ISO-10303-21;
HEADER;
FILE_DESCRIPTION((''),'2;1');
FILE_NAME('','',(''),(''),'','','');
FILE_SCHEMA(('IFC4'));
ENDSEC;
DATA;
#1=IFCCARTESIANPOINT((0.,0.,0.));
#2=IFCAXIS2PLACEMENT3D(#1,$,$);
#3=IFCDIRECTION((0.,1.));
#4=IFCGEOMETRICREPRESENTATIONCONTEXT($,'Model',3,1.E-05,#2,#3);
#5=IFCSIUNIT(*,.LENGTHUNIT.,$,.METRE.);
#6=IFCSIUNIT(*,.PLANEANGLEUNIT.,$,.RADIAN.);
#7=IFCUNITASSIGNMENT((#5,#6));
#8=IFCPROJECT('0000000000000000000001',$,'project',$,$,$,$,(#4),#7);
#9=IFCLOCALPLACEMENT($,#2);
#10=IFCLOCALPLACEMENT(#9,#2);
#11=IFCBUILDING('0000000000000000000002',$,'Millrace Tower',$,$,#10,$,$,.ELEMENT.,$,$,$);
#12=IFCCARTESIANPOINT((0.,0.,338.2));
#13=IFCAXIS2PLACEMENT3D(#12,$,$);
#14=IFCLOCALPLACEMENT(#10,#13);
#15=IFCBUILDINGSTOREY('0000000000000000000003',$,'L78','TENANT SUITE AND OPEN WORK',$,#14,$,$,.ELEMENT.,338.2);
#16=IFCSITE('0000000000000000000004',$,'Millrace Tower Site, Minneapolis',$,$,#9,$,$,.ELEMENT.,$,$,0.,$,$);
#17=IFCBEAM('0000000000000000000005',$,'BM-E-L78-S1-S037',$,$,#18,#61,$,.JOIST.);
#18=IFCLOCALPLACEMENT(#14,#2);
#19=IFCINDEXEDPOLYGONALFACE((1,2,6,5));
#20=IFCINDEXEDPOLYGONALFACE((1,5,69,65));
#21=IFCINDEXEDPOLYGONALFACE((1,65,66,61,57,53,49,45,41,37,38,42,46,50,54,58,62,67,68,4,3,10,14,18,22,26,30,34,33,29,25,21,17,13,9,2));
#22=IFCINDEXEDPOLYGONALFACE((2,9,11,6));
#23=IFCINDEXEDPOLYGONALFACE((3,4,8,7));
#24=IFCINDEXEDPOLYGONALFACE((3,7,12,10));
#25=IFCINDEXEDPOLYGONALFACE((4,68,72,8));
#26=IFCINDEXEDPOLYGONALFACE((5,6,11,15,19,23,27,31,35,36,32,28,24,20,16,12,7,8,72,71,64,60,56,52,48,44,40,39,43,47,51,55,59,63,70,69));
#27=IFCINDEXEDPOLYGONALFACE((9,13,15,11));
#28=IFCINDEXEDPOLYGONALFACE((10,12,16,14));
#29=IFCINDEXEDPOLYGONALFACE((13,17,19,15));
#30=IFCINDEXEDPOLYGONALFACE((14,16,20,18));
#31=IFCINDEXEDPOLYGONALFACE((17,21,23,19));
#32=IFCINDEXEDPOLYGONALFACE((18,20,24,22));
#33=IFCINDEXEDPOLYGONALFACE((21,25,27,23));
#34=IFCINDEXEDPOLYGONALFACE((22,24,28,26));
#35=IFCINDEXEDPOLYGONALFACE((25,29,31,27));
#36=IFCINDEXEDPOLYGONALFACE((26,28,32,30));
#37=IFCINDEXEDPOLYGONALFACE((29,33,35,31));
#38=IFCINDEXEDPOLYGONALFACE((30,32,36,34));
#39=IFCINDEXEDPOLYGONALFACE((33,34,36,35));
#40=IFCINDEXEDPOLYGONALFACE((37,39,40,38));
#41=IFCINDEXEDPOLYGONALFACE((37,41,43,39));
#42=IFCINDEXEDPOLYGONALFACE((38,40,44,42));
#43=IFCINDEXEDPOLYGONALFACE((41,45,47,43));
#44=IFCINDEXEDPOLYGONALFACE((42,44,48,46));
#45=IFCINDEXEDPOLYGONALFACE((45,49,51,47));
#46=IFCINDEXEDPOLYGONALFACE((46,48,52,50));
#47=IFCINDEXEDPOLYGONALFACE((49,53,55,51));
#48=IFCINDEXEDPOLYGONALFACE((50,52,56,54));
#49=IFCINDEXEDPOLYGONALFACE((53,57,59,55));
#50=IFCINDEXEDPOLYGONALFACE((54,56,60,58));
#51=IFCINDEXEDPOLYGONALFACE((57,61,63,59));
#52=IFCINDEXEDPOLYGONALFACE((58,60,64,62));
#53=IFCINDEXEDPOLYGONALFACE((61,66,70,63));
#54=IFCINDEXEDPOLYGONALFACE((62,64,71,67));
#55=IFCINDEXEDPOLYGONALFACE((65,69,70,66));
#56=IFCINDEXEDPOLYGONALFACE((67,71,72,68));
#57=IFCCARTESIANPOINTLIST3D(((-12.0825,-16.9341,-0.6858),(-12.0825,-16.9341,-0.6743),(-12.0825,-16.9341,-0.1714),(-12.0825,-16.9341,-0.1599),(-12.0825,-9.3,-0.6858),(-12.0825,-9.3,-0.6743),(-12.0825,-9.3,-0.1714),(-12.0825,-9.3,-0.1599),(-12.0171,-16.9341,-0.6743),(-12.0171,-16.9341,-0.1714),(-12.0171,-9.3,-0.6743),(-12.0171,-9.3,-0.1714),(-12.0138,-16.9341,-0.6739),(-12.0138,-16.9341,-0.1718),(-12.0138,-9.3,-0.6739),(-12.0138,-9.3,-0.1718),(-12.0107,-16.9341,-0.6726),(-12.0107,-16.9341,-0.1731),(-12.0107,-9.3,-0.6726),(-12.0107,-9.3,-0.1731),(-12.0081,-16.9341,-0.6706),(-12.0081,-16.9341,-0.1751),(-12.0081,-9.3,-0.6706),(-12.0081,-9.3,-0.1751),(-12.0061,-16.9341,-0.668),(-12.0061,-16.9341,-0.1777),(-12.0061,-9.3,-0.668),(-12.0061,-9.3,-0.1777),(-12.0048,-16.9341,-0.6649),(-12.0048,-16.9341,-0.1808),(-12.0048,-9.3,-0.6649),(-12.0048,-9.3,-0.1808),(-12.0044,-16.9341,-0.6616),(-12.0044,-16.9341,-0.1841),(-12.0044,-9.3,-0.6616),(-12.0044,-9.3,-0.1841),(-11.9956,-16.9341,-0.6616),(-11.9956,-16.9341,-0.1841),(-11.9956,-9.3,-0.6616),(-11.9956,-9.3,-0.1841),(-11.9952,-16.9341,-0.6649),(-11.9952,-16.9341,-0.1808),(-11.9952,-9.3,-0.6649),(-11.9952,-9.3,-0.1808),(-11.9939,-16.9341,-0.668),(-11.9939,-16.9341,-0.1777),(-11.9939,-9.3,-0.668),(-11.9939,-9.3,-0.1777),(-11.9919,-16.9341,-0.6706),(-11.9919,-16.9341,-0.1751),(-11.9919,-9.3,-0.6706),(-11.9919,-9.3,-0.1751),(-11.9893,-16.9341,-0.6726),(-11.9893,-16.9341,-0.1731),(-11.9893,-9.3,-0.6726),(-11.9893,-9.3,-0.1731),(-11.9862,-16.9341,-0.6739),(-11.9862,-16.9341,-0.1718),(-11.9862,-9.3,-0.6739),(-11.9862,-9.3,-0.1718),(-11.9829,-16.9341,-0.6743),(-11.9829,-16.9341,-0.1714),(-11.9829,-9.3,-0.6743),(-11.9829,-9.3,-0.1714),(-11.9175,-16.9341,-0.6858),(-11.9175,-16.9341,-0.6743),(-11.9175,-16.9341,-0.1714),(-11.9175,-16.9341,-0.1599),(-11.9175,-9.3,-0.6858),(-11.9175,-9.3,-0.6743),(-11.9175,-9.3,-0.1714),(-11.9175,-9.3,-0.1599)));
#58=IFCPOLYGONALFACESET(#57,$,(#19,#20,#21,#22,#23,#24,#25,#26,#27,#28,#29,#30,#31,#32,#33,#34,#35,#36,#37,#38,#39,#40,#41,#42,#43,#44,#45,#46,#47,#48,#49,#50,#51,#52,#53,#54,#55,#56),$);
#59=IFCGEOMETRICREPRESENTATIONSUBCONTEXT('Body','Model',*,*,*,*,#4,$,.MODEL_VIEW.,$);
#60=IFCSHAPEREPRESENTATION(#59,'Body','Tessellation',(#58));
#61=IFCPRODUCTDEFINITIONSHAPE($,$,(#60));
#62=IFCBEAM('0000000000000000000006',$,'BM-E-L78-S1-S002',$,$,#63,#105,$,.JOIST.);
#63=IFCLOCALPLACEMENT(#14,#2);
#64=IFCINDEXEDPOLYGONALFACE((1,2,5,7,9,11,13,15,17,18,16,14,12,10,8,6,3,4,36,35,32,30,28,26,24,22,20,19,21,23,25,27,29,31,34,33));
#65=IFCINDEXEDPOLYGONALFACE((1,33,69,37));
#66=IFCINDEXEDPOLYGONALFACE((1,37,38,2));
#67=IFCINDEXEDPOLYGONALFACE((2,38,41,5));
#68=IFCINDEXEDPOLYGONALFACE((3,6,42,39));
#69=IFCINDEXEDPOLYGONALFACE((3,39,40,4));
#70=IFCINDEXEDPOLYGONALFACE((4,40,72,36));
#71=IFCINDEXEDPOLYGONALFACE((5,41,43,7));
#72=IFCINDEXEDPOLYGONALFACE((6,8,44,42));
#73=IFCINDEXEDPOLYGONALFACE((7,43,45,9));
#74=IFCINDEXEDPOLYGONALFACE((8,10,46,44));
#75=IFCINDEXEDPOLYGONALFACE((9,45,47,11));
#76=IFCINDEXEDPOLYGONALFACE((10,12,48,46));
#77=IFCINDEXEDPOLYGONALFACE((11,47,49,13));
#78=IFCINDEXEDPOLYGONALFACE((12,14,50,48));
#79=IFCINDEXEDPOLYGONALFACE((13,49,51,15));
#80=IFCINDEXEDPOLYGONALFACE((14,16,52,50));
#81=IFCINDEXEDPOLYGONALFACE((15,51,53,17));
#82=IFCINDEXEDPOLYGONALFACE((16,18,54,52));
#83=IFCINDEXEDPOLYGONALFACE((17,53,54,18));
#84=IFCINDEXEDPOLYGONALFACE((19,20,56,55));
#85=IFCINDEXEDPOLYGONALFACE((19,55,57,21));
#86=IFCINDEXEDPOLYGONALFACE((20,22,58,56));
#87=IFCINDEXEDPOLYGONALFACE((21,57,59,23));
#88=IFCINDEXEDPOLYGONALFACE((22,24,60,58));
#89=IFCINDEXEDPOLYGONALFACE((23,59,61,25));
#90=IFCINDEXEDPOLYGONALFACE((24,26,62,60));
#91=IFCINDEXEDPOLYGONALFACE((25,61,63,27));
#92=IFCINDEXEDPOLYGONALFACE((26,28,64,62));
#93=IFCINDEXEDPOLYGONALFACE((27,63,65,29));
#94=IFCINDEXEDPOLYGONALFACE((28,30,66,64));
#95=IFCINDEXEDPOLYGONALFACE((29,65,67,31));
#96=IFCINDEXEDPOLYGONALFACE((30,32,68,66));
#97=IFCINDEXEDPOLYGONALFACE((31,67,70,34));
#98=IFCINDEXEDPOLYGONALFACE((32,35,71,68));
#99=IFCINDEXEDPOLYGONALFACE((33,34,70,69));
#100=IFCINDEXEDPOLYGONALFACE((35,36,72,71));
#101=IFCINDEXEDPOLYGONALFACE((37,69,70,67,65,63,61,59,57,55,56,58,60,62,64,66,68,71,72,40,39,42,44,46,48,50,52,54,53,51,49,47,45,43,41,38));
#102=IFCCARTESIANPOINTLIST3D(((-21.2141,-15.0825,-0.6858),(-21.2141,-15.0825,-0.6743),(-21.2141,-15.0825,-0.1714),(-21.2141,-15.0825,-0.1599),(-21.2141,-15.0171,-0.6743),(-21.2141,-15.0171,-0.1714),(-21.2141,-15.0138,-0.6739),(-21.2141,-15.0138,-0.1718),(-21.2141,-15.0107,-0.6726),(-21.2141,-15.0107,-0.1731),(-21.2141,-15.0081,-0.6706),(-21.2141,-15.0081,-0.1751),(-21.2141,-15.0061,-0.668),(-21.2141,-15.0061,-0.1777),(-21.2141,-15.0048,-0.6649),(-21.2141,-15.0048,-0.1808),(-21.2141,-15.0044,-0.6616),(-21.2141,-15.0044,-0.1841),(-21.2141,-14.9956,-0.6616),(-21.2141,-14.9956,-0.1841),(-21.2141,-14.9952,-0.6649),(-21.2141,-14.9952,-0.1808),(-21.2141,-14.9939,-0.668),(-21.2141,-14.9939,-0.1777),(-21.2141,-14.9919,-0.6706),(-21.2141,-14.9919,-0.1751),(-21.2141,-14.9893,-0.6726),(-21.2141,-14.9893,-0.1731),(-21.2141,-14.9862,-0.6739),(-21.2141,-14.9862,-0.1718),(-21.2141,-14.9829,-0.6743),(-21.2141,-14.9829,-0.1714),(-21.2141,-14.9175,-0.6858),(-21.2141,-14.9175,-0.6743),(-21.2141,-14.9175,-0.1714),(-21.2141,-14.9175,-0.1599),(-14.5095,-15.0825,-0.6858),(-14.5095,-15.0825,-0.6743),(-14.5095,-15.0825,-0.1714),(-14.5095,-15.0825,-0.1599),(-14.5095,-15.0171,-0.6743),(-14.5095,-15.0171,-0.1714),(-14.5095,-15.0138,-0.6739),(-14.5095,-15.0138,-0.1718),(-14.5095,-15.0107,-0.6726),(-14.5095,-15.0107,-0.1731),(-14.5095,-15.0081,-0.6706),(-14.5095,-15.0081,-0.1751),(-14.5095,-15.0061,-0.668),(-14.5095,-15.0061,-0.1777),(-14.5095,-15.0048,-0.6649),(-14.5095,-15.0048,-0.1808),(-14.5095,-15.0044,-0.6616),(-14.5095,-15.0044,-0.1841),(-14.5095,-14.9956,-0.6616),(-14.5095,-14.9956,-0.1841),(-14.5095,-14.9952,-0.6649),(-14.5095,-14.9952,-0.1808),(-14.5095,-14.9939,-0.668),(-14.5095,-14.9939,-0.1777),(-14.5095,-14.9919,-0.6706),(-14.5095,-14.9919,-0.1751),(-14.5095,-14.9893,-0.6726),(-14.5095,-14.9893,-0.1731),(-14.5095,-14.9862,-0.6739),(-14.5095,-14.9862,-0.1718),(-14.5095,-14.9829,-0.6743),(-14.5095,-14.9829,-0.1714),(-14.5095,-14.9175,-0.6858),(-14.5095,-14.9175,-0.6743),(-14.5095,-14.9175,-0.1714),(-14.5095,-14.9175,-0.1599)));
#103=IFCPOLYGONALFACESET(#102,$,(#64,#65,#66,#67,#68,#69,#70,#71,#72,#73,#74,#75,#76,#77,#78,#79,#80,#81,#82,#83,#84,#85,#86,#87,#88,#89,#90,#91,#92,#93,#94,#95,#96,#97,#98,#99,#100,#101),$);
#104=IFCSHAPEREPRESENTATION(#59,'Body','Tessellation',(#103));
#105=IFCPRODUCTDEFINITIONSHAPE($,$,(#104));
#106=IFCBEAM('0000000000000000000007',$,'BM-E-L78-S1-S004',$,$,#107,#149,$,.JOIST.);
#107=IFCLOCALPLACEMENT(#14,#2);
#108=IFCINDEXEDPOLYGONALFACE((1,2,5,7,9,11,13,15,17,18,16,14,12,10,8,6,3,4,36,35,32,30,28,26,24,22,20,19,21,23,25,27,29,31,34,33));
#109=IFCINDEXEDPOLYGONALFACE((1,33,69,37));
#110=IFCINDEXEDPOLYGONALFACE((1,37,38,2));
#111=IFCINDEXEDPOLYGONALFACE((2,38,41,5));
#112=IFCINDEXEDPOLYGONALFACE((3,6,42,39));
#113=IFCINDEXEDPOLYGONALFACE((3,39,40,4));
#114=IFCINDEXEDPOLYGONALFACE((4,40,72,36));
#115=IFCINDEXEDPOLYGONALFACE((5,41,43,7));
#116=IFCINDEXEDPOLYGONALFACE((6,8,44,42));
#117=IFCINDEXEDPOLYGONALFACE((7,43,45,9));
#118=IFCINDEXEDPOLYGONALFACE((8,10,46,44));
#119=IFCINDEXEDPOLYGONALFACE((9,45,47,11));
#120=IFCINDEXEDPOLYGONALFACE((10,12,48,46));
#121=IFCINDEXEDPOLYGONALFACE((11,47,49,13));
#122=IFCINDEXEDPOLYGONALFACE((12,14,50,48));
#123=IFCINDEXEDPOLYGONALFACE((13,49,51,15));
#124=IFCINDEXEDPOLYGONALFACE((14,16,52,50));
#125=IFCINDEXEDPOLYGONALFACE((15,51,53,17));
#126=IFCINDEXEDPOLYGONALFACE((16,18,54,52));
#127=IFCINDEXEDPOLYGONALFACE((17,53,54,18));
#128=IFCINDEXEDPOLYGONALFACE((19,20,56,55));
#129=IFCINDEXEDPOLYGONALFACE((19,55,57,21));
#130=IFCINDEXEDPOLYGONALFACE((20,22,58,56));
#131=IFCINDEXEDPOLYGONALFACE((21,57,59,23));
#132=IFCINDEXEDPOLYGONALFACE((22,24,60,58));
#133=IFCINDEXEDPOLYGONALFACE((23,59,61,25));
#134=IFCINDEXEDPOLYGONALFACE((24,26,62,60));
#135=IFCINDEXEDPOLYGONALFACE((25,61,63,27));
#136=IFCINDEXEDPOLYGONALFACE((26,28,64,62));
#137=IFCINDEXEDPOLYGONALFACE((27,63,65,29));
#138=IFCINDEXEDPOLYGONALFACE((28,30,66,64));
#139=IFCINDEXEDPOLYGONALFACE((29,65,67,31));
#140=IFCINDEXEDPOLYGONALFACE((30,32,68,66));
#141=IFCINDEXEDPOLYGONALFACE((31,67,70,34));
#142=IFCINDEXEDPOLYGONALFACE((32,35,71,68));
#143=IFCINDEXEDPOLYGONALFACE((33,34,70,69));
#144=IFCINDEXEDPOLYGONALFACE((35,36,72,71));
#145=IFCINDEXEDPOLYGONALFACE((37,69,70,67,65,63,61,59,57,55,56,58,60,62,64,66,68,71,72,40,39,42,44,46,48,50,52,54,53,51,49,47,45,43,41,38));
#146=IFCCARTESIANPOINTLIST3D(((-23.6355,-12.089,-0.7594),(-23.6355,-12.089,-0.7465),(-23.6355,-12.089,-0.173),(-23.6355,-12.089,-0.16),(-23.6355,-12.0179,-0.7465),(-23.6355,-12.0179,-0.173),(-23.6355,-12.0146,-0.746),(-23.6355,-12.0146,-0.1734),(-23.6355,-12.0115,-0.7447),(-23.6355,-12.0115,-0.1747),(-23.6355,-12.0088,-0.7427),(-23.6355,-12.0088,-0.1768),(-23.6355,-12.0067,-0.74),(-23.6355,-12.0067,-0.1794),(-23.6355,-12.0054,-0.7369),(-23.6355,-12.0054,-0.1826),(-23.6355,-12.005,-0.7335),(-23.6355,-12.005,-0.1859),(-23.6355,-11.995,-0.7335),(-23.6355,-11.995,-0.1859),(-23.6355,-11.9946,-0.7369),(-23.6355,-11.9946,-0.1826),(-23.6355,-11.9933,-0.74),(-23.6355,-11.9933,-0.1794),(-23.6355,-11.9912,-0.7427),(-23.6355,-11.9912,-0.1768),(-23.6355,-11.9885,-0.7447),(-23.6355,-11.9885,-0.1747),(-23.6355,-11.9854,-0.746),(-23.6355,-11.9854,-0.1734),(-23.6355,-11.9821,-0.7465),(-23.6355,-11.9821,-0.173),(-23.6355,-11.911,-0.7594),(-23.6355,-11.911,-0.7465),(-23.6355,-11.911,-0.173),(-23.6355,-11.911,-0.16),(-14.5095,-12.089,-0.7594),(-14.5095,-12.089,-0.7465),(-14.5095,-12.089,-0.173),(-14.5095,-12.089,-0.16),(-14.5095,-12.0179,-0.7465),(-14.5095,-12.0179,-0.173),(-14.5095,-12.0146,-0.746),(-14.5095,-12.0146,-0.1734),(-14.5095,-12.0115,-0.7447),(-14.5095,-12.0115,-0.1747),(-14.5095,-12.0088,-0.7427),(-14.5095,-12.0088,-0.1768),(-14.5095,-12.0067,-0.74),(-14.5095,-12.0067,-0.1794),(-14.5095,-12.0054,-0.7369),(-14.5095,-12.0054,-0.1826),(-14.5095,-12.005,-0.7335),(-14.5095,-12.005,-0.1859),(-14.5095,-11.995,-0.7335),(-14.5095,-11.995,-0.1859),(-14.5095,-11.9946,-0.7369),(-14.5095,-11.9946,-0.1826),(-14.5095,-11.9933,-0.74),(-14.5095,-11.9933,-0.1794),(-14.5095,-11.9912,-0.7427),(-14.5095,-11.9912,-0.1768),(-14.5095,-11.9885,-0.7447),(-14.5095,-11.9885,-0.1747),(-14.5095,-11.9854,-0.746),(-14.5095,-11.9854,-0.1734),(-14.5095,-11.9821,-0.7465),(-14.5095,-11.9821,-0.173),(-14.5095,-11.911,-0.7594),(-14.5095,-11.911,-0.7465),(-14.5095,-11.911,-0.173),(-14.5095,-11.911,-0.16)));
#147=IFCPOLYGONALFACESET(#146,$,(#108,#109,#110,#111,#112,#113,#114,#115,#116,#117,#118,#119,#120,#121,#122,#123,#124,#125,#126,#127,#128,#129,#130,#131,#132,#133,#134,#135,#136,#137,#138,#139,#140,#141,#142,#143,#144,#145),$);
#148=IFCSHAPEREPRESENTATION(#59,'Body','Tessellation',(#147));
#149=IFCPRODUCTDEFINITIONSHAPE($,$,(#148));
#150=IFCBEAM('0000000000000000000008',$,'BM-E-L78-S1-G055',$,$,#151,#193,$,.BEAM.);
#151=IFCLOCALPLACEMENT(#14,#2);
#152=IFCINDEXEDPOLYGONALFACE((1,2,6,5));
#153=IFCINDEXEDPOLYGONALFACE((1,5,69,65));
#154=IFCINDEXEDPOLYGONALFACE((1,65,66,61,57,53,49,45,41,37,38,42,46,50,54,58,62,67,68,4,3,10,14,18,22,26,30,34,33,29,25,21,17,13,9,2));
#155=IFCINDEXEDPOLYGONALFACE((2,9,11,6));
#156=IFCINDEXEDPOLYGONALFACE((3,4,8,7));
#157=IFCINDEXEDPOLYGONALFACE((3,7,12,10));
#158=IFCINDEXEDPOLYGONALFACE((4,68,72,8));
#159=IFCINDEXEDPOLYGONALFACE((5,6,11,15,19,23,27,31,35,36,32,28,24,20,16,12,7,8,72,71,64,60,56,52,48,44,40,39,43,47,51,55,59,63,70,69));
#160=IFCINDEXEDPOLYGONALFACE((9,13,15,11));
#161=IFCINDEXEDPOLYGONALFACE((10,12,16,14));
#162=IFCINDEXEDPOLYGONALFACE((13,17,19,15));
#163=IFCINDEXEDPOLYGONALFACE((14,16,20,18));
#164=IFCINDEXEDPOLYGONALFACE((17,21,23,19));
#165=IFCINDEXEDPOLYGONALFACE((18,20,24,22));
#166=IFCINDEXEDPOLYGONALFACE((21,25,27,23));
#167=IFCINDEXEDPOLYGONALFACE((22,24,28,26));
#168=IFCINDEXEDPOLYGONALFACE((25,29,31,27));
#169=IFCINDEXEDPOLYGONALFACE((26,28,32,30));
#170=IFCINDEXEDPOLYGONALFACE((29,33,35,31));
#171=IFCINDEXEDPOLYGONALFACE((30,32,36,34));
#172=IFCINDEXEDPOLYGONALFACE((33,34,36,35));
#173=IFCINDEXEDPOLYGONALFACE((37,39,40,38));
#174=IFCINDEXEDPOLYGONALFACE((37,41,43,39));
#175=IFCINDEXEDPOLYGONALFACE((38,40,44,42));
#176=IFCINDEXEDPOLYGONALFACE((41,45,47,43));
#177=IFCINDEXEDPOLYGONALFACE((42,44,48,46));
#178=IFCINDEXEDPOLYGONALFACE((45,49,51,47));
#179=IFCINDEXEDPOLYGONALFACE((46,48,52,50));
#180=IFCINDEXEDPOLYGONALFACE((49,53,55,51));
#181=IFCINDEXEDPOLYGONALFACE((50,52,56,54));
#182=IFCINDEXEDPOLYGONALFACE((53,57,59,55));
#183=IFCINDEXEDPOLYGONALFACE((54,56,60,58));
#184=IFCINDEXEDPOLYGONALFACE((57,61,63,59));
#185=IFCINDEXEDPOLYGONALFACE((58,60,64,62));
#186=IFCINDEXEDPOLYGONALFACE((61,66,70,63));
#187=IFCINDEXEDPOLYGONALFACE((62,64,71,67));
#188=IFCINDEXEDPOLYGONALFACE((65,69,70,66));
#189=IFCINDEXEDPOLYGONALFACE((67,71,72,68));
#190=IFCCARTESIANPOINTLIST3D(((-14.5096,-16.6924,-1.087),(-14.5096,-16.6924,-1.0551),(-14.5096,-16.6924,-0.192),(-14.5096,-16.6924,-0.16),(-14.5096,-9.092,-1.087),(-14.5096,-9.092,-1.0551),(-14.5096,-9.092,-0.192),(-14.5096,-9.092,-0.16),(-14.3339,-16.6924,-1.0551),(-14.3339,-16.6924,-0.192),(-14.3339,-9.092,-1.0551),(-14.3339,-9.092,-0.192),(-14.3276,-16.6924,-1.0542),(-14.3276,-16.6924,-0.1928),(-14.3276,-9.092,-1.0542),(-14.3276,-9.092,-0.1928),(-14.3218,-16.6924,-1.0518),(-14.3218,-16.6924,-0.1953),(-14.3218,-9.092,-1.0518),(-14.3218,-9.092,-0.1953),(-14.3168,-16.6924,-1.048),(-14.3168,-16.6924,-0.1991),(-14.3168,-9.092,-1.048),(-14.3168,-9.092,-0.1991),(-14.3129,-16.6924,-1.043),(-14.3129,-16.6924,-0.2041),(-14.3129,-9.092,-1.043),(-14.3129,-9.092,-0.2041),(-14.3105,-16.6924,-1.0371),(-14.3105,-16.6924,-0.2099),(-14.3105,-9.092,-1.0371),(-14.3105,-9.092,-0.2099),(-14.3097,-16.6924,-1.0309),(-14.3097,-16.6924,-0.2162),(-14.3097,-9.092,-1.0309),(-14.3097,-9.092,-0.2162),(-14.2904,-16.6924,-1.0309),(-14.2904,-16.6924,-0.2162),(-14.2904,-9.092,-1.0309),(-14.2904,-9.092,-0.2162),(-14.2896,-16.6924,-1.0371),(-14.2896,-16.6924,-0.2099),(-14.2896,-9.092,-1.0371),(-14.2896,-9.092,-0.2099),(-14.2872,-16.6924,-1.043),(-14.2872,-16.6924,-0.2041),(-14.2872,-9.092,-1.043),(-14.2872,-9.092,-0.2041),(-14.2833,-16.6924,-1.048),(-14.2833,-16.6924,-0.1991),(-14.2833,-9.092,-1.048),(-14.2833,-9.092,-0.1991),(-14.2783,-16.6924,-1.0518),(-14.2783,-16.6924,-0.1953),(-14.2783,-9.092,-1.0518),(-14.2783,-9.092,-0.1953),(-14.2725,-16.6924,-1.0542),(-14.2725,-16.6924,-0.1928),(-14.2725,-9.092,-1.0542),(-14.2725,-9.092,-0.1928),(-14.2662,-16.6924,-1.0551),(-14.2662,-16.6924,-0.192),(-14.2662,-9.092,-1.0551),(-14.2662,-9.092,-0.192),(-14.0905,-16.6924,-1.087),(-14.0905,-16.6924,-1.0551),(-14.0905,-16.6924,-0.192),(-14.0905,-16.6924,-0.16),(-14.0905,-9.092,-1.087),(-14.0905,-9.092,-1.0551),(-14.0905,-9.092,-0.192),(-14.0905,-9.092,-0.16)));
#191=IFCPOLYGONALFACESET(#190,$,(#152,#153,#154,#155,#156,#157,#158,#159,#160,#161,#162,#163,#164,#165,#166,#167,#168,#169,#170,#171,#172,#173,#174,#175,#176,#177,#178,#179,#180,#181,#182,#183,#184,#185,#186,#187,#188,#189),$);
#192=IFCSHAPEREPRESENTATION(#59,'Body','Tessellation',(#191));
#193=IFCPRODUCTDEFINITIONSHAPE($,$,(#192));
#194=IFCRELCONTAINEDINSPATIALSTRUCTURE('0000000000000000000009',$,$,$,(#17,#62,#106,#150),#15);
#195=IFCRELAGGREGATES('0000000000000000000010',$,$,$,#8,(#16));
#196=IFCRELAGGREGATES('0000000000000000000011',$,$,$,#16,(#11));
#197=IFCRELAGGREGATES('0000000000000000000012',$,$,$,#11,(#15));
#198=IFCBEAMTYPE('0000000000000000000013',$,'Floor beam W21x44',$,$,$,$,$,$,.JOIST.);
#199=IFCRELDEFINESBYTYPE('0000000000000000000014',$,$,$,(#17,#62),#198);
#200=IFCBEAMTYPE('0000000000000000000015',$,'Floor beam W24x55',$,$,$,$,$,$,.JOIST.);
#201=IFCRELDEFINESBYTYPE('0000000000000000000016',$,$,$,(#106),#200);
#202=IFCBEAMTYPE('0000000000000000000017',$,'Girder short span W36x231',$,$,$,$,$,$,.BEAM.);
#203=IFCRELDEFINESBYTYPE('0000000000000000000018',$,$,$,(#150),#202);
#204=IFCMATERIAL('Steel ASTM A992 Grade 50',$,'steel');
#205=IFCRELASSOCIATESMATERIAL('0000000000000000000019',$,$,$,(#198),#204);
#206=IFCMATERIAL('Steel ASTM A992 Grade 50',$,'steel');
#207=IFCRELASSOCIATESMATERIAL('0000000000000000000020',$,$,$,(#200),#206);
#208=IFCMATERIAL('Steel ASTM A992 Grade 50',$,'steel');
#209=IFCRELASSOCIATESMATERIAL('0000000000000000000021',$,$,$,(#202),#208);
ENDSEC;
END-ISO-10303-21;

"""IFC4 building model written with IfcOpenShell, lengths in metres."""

from ifc_helpers import new_model, si_unit, direction, frame, origin, origin_2d, place, context, subcontext, project, spatial, i_section, extrude, material, material_profile, profile_set, type_object, element, save


model = new_model("IFC4")

# Units and contexts
model_context = context("Model", 3, precision=1e-05, world=origin(), true_north=direction((0.0, 1.0)))
body_context = subcontext(model_context, "Body", "Model", "MODEL_VIEW")
ifc_project = project(units=[si_unit("LENGTHUNIT", "METRE"), si_unit("PLANEANGLEUNIT", "RADIAN")], contexts=[model_context])

# Site, building, storey
site_placement = place(None, origin())
site = spatial("IfcSite", under=ifc_project, at=site_placement, Name="Millrace Tower Site, Minneapolis", CompositionType="ELEMENT", RefElevation=0.0)
building_placement = place(site_placement, origin())
building = spatial("IfcBuilding", under=site, at=building_placement, Name="Millrace Tower", CompositionType="ELEMENT")
storey_placement = place(building_placement, frame((0.0, 0.0, 338.2)))
storey = spatial("IfcBuildingStorey", under=building, at=storey_placement, Name="L78", Description="TENANT SUITE AND OPEN WORK", CompositionType="ELEMENT", Elevation=338.2)

# Beams
ifc_material_1 = material(Name="Steel ASTM A992 Grade 50", Category="steel")
ifc_material_profile_1 = material_profile(ifc_material_1, i_section(OverallWidth=0.165, OverallDepth=0.5259, WebThickness=0.0088, FlangeThickness=0.0115, FilletRadius=0.0127, at=origin_2d()))
ifc_profile_set_1 = profile_set([ifc_material_profile_1], Name="Steel ASTM A992 Grade 50")
beam_type_1 = type_object("IfcBeamType", Name="Floor beam W21x44", PredefinedType="JOIST", material=ifc_profile_set_1)
beam_1_placement = place(storey_placement, frame((-12.0, -16.9341, -0.4229), z_axis=(0.0, 1.0, 0.0), x_axis=(-1.0, 0.0, 0.0)))
element("IfcBeam", 1, at=beam_1_placement, inside=storey, type_object=beam_type_1, Name="BM-E-L78-S1-S037", PredefinedType="JOIST", context=body_context, shape_type="SweptSolid", body=[
    extrude(i_section(OverallWidth=0.165, OverallDepth=0.5259, WebThickness=0.0088, FlangeThickness=0.0115, FilletRadius=0.0127, at=origin_2d()), origin(), (0.0, 0.0, 1.0), 7.634),
])
beam_2_placement = place(storey_placement, frame((-21.2141, -15.0, -0.4229), z_axis=(1.0, 0.0, 0.0), x_axis=(0.0, 1.0, 0.0)))
element("IfcBeam", 2, at=beam_2_placement, inside=storey, type_object=beam_type_1, Name="BM-E-L78-S1-S002", PredefinedType="JOIST", context=body_context, shape_type="SweptSolid", body=[
    extrude(i_section(OverallWidth=0.165, OverallDepth=0.5259, WebThickness=0.0088, FlangeThickness=0.0115, FilletRadius=0.0127, at=origin_2d()), origin(), (0.0, 0.0, 1.0), 6.7046),
])
ifc_material_2 = material(Name="Steel ASTM A992 Grade 50", Category="steel")
ifc_material_profile_2 = material_profile(ifc_material_2, i_section(OverallWidth=0.178, OverallDepth=0.5994, WebThickness=0.01, FlangeThickness=0.0129, FilletRadius=0.0129, at=origin_2d()))
ifc_profile_set_2 = profile_set([ifc_material_profile_2], Name="Steel ASTM A992 Grade 50")
beam_type_2 = type_object("IfcBeamType", Name="Floor beam W24x55", PredefinedType="JOIST", material=ifc_profile_set_2)
beam_3_placement = place(storey_placement, frame((-23.6355, -12.0, -0.4597), z_axis=(1.0, 0.0, 0.0), x_axis=(0.0, 1.0, 0.0)))
element("IfcBeam", 3, at=beam_3_placement, inside=storey, type_object=beam_type_2, Name="BM-E-L78-S1-S004", PredefinedType="JOIST", context=body_context, shape_type="SweptSolid", body=[
    extrude(i_section(OverallWidth=0.178, OverallDepth=0.5994, WebThickness=0.01, FlangeThickness=0.0129, FilletRadius=0.0129, at=origin_2d()), origin(), (0.0, 0.0, 1.0), 9.126),
])
ifc_material_3 = material(Name="Steel ASTM A992 Grade 50", Category="steel")
ifc_material_profile_3 = material_profile(ifc_material_3, i_section(OverallWidth=0.4192, OverallDepth=0.927, WebThickness=0.0193, FlangeThickness=0.032, FilletRadius=0.0242, at=origin_2d()))
ifc_profile_set_3 = profile_set([ifc_material_profile_3], Name="Steel ASTM A992 Grade 50")
beam_type_3 = type_object("IfcBeamType", Name="Girder short span W36x231", PredefinedType="BEAM", material=ifc_profile_set_3)
beam_4_placement = place(storey_placement, frame((-14.3, -16.6924, -0.6235), z_axis=(0.0, 1.0, 0.0), x_axis=(-1.0, 0.0, 0.0)))
element("IfcBeam", 4, at=beam_4_placement, inside=storey, type_object=beam_type_3, Name="BM-E-L78-S1-G055", PredefinedType="BEAM", context=body_context, shape_type="SweptSolid", body=[
    extrude(i_section(OverallWidth=0.4192, OverallDepth=0.927, WebThickness=0.0193, FlangeThickness=0.032, FilletRadius=0.0242, at=origin_2d()), origin(), (0.0, 0.0, 1.0), 7.6003),
])

save(model, "model.ifc")
